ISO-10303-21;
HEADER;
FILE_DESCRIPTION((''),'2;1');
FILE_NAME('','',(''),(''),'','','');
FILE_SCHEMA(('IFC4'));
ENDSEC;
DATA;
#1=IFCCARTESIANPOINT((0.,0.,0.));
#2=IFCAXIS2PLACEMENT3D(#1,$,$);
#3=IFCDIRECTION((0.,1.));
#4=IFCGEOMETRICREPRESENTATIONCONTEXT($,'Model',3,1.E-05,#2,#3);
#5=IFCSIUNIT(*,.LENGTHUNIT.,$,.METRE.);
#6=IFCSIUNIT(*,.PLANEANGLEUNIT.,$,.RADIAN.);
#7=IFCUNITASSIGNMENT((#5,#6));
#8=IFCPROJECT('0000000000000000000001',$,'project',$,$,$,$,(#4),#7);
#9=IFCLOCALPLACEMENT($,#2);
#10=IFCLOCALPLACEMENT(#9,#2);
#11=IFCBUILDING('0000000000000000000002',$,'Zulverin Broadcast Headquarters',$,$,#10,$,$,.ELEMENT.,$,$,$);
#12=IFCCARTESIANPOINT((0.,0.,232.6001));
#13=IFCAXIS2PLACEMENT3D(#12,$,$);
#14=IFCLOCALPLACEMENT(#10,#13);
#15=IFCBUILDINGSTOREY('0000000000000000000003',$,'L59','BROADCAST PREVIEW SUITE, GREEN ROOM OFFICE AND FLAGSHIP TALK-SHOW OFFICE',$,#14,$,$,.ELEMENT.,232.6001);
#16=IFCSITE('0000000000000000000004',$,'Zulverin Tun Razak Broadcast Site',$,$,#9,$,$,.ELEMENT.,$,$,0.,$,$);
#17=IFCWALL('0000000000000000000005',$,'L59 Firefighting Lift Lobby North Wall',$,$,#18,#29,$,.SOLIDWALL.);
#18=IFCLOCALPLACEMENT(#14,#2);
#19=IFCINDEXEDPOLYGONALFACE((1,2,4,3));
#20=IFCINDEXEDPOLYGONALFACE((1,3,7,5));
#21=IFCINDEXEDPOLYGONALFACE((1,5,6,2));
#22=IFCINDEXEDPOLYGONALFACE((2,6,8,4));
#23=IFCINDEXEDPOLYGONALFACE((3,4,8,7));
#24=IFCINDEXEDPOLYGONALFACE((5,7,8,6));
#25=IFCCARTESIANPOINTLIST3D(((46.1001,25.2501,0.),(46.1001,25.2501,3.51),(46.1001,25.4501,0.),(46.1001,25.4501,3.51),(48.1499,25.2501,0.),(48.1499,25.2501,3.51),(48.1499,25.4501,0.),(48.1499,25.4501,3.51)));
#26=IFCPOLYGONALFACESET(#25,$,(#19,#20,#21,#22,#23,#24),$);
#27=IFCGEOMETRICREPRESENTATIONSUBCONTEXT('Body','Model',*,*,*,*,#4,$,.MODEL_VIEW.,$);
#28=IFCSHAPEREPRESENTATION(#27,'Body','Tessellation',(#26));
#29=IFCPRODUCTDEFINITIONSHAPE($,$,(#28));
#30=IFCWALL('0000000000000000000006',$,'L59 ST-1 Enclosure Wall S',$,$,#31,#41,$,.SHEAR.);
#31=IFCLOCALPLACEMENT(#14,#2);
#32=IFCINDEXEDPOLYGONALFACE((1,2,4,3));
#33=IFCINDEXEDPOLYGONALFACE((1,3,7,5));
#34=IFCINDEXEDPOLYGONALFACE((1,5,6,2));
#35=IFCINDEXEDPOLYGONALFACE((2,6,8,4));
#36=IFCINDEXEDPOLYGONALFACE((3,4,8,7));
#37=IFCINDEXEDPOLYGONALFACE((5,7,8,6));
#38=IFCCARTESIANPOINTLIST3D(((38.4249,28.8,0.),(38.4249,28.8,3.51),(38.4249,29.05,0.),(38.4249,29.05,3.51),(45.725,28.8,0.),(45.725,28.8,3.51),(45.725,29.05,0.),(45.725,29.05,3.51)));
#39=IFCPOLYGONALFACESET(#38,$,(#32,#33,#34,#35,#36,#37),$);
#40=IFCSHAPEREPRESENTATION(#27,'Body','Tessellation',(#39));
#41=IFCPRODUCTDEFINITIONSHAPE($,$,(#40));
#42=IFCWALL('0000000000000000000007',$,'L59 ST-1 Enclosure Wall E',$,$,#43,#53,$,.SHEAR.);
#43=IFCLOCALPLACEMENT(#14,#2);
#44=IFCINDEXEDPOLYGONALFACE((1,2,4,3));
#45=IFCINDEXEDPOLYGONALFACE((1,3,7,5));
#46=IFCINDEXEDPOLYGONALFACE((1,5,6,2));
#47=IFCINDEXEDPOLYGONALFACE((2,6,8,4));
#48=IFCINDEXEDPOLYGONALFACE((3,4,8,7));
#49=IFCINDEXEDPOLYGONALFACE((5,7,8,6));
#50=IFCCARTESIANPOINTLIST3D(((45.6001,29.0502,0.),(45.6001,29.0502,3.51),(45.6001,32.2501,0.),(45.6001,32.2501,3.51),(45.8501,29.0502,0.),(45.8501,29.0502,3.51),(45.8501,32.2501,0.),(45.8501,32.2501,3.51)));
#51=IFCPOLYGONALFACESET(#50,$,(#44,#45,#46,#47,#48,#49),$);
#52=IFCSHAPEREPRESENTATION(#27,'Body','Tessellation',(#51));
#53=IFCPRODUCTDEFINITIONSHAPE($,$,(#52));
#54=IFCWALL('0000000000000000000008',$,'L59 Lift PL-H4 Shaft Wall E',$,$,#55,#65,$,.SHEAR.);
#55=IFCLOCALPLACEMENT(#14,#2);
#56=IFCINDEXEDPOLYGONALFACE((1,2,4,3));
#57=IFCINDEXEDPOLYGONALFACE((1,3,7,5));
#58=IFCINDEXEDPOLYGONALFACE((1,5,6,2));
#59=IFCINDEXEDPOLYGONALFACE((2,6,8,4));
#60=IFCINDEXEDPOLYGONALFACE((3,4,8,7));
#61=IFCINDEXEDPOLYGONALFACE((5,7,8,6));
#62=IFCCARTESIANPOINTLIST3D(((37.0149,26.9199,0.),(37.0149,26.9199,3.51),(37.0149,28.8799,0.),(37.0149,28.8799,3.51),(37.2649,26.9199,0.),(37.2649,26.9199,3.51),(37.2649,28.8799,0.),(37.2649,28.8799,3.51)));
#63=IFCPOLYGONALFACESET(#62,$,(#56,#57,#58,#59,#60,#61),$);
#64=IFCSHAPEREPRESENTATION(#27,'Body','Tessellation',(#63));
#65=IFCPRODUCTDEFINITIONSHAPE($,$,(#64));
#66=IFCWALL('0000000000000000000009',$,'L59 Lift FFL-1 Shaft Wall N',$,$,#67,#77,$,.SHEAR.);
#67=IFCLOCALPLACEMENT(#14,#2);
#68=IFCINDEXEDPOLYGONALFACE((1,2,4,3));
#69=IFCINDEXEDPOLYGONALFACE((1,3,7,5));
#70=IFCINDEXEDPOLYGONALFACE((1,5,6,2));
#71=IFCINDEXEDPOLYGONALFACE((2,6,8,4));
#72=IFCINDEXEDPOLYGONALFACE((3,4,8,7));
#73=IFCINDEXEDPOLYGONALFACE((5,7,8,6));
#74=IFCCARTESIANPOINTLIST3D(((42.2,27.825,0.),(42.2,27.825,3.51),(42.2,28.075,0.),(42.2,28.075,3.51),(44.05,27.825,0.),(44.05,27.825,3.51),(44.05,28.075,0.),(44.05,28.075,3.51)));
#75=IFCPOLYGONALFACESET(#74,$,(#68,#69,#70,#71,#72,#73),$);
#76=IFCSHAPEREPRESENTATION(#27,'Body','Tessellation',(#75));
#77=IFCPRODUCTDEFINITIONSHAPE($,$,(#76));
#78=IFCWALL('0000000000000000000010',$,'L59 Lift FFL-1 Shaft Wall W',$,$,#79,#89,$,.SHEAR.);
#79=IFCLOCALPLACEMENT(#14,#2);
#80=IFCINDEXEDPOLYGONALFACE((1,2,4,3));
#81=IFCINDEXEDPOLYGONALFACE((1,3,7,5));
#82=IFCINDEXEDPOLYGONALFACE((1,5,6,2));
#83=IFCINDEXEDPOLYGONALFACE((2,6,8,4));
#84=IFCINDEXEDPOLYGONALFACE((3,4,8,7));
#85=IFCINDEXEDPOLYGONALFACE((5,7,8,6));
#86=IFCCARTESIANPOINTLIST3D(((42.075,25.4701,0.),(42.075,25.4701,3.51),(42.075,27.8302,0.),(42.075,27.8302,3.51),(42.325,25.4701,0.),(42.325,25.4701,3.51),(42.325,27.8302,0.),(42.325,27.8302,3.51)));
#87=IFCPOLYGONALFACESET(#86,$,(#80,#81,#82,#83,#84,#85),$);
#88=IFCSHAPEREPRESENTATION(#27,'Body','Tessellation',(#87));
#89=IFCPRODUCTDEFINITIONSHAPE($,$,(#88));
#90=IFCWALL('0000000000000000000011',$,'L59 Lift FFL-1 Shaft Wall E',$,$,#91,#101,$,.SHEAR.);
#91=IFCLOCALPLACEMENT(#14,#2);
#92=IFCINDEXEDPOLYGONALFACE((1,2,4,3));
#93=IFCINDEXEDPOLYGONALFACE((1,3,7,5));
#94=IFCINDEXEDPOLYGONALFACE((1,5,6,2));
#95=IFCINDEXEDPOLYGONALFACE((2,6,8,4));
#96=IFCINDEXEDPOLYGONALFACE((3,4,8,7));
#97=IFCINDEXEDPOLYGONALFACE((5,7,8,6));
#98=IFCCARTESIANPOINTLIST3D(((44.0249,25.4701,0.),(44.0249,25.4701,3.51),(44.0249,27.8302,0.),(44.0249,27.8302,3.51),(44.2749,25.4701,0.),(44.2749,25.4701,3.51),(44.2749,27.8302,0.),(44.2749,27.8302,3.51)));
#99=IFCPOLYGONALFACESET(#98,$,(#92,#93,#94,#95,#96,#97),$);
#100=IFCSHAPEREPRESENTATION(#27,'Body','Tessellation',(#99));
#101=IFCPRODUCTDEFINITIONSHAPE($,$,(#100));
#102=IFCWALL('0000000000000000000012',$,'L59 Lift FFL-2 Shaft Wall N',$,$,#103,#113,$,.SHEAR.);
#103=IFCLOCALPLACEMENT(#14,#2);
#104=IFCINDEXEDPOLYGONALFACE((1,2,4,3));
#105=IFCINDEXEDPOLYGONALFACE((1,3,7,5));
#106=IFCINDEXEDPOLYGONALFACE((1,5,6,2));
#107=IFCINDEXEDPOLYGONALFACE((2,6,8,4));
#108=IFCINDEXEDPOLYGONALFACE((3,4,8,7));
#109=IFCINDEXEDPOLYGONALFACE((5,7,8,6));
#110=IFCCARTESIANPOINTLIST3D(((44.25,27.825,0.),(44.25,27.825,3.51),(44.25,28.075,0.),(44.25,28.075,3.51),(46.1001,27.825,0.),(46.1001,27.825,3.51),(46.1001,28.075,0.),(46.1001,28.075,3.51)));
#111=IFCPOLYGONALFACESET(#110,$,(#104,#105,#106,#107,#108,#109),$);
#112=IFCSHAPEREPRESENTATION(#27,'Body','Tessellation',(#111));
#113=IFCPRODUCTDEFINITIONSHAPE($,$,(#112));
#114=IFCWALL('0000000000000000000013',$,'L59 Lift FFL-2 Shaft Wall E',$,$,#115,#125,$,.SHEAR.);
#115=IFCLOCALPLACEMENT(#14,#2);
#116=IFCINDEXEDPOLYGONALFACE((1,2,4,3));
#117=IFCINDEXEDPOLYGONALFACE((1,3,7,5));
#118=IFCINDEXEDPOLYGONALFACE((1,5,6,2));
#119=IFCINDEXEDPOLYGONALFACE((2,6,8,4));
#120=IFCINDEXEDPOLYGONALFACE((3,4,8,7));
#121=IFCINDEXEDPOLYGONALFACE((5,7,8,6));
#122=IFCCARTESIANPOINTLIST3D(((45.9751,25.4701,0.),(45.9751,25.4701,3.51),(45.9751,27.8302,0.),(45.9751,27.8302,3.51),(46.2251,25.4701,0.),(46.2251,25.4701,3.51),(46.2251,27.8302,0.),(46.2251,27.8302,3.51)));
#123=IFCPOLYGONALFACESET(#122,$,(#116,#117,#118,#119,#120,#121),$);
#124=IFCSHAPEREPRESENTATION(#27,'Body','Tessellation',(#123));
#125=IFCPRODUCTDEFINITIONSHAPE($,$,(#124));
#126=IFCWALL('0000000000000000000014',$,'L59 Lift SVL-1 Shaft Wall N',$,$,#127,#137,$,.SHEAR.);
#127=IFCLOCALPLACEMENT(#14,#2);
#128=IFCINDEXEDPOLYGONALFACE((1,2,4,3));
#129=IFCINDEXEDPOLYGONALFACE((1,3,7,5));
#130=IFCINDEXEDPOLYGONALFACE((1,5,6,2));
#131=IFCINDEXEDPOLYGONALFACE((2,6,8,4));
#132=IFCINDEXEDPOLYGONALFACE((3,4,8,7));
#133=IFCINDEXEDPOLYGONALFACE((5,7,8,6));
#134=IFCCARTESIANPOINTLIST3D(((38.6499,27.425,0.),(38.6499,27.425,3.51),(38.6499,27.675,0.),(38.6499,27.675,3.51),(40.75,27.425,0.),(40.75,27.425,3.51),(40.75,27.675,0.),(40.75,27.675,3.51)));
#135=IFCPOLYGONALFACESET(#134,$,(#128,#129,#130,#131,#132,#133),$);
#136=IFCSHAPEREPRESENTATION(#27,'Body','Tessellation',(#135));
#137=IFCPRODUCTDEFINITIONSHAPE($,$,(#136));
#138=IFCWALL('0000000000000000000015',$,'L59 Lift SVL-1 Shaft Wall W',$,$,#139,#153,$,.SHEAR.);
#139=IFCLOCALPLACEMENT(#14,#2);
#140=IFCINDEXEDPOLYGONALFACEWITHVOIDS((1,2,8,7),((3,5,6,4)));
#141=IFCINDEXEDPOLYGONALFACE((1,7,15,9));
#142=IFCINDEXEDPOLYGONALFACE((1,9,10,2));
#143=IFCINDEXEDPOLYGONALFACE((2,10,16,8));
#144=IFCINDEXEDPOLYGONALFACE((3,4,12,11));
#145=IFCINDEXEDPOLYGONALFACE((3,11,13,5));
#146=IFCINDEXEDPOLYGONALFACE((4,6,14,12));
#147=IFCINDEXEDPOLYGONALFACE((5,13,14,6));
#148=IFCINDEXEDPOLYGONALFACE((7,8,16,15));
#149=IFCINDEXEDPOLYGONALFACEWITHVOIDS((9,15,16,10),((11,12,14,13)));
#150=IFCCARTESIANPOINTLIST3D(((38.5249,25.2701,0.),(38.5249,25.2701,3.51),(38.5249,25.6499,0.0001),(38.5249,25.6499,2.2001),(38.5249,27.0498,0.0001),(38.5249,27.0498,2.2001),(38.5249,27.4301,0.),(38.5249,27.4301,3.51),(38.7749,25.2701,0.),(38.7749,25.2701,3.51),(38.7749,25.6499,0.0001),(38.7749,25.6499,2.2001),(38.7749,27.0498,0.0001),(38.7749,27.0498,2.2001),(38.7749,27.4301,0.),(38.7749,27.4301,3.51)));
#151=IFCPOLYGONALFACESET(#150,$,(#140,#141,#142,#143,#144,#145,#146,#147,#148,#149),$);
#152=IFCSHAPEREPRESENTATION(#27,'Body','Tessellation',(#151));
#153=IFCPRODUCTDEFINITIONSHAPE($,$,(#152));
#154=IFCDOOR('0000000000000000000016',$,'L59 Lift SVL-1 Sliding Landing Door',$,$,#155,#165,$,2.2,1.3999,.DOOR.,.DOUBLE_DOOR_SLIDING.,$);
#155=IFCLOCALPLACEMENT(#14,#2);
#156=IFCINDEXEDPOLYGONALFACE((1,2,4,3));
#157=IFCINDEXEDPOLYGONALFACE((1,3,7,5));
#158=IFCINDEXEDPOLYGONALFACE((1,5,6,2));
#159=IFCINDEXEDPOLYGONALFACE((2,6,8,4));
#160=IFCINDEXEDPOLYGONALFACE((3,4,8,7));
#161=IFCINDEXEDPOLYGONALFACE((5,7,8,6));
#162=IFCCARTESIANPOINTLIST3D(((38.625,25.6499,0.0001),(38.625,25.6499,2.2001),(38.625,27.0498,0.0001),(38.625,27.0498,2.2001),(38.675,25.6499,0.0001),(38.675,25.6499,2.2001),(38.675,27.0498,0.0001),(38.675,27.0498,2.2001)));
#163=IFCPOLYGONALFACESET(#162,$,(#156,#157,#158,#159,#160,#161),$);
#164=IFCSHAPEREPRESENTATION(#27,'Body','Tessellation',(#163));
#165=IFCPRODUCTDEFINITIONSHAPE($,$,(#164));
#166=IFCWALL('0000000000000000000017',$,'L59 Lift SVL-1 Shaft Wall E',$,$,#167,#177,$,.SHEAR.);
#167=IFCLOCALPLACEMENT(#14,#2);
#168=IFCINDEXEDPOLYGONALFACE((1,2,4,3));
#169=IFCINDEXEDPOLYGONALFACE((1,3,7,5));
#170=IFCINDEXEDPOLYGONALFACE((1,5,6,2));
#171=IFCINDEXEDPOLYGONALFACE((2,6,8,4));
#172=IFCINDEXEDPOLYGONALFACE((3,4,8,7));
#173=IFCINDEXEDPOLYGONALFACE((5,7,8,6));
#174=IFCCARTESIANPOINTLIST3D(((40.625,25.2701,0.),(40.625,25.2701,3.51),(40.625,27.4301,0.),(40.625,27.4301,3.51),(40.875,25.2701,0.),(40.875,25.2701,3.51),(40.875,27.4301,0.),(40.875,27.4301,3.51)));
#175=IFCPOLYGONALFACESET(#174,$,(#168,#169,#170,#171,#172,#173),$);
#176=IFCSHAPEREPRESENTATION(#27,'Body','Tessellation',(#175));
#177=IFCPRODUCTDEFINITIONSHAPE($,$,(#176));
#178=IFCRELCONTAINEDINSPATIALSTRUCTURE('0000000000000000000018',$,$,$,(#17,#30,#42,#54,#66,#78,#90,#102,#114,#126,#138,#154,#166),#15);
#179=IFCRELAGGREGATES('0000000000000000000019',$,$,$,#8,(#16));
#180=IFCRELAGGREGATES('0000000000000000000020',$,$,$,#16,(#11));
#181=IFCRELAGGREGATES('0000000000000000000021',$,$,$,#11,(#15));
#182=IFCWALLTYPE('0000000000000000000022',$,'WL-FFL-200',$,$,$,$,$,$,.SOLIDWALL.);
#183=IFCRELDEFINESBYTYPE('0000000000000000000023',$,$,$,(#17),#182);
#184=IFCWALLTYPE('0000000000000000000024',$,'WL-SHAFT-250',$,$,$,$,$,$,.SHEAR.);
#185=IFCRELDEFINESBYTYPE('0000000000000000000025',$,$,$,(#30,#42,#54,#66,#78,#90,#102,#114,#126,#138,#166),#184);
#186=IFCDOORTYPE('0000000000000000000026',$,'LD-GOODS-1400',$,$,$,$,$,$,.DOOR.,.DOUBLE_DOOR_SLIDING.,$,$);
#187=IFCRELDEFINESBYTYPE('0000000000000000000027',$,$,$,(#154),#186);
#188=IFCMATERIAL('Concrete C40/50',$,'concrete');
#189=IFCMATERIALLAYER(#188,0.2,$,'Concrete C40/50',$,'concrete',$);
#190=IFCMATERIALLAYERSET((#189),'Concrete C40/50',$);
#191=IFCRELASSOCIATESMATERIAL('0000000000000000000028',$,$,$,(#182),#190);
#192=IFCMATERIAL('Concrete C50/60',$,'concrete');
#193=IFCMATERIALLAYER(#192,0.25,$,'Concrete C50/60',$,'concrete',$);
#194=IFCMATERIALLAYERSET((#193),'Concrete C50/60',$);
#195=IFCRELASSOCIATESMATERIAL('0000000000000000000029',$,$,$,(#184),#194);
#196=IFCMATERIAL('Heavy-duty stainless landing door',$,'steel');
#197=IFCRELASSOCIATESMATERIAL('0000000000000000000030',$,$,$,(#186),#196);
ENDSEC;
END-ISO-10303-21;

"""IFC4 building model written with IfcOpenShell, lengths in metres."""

from ifc_helpers import new_model, si_unit, direction, frame, frame_2d, origin, place, context, subcontext, project, spatial, rectangle, extrude, material, layer, layer_set, type_object, element, fill, save


model = new_model("IFC4")

# Units and contexts
model_context = context("Model", 3, precision=1e-05, world=origin(), true_north=direction((0.0, 1.0)))
body_context = subcontext(model_context, "Body", "Model", "MODEL_VIEW")
ifc_project = project(units=[si_unit("LENGTHUNIT", "METRE"), si_unit("PLANEANGLEUNIT", "RADIAN")], contexts=[model_context])

# Site, building, storey
site_placement = place(None, origin())
site = spatial("IfcSite", under=ifc_project, at=site_placement, Name="Zulverin Tun Razak Broadcast Site", CompositionType="ELEMENT", RefElevation=0.0)
building_placement = place(site_placement, origin())
building = spatial("IfcBuilding", under=site, at=building_placement, Name="Zulverin Broadcast Headquarters", CompositionType="ELEMENT")
storey_placement = place(building_placement, frame((0.0, 0.0, 232.6001)))
storey = spatial("IfcBuildingStorey", under=building, at=storey_placement, Name="L59", Description="BROADCAST PREVIEW SUITE, GREEN ROOM OFFICE AND FLAGSHIP TALK-SHOW OFFICE", CompositionType="ELEMENT", Elevation=232.6001)

# Walls
ifc_material_1 = material(Name="Concrete C40/50", Category="concrete")
ifc_layer_1 = layer(ifc_material_1, 0.2, Name="Concrete C40/50", Category="concrete")
ifc_layer_set_1 = layer_set([ifc_layer_1], Name="Concrete C40/50")
wall_type_1 = type_object("IfcWallType", Name="WL-FFL-200", PredefinedType="SOLIDWALL", material=ifc_layer_set_1)
wall_1_placement = place(storey_placement, frame((46.1001, 25.3501, 0.0), z_axis=(0.0, 0.0, 1.0), x_axis=(1.0, 0.0, 0.0)))
element("IfcWall", 1, at=wall_1_placement, inside=storey, type_object=wall_type_1, Name="L59 Firefighting Lift Lobby North Wall", PredefinedType="SOLIDWALL", context=body_context, shape_type="SweptSolid", body=[
    extrude(rectangle(XDim=2.0498, YDim=0.2, at=frame_2d((1.0249, 0.0))), origin(), (0.0, 0.0, 1.0), 3.51),
])
ifc_material_2 = material(Name="Concrete C50/60", Category="concrete")
ifc_layer_2 = layer(ifc_material_2, 0.25, Name="Concrete C50/60", Category="concrete")
ifc_layer_set_2 = layer_set([ifc_layer_2], Name="Concrete C50/60")
wall_type_2 = type_object("IfcWallType", Name="WL-SHAFT-250", PredefinedType="SHEAR", material=ifc_layer_set_2)
wall_2_placement = place(storey_placement, frame((38.425, 28.925, 0.0), z_axis=(0.0, 0.0, 1.0), x_axis=(1.0, 0.0, 0.0)))
element("IfcWall", 2, at=wall_2_placement, inside=storey, type_object=wall_type_2, Name="L59 ST-1 Enclosure Wall S", PredefinedType="SHEAR", context=body_context, shape_type="SweptSolid", body=[
    extrude(rectangle(XDim=7.3, YDim=0.25, at=frame_2d((3.6499, 0.0))), origin(), (0.0, 0.0, 1.0), 3.51),
])

# Walls
wall_3_placement = place(storey_placement, frame((45.7251, 29.05, 0.0), z_axis=(0.0, 0.0, 1.0), x_axis=(0.0, 1.0, 0.0)))
element("IfcWall", 3, at=wall_3_placement, inside=storey, type_object=wall_type_2, Name="L59 ST-1 Enclosure Wall E", PredefinedType="SHEAR", context=body_context, shape_type="SweptSolid", body=[
    extrude(rectangle(XDim=3.2, YDim=0.25, at=frame_2d((1.6001, 0.0))), origin(), (0.0, 0.0, 1.0), 3.51),
])
wall_4_placement = place(storey_placement, frame((37.1399, 26.9199, 0.0), z_axis=(0.0, 0.0, 1.0), x_axis=(0.0, 1.0, 0.0)))
element("IfcWall", 4, at=wall_4_placement, inside=storey, type_object=wall_type_2, Name="L59 Lift PL-H4 Shaft Wall E", PredefinedType="SHEAR", context=body_context, shape_type="SweptSolid", body=[
    extrude(rectangle(XDim=1.96, YDim=0.25, at=frame_2d((0.98, 0.0))), origin(), (0.0, 0.0, 1.0), 3.51),
])

# Walls
wall_5_placement = place(storey_placement, frame((42.2, 27.95, 0.0), z_axis=(0.0, 0.0, 1.0), x_axis=(1.0, 0.0, 0.0)))
element("IfcWall", 5, at=wall_5_placement, inside=storey, type_object=wall_type_2, Name="L59 Lift FFL-1 Shaft Wall N", PredefinedType="SHEAR", context=body_context, shape_type="SweptSolid", body=[
    extrude(rectangle(XDim=1.8501, YDim=0.25, at=frame_2d((0.925, 0.0))), origin(), (0.0, 0.0, 1.0), 3.51),
])
for number, where, z_axis, x_axis, name in (
    (6, (42.2, 25.47, 0.0), (0.0, 0.0, 1.0), (0.0, 1.0, 0.0), "L59 Lift FFL-1 Shaft Wall W"),
    (7, (44.1499, 25.47, 0.0), (0.0, 0.0, 1.0), (0.0, 1.0, 0.0), "L59 Lift FFL-1 Shaft Wall E"),
):
    element("IfcWall", number, at=place(storey_placement, frame(where, z_axis=z_axis, x_axis=x_axis)), inside=storey, type_object=wall_type_2, Name=name, PredefinedType="SHEAR", context=body_context, shape_type="SweptSolid", body=[
        extrude(rectangle(XDim=2.3601, YDim=0.25, at=frame_2d((1.1802, 0.0))), origin(), (0.0, 0.0, 1.0), 3.51),
    ])

# Walls
wall_6_placement = place(storey_placement, frame((44.25, 27.95, 0.0), z_axis=(0.0, 0.0, 1.0), x_axis=(1.0, 0.0, 0.0)))
element("IfcWall", 8, at=wall_6_placement, inside=storey, type_object=wall_type_2, Name="L59 Lift FFL-2 Shaft Wall N", PredefinedType="SHEAR", context=body_context, shape_type="SweptSolid", body=[
    extrude(rectangle(XDim=1.8501, YDim=0.25, at=frame_2d((0.925, 0.0))), origin(), (0.0, 0.0, 1.0), 3.51),
])
wall_7_placement = place(storey_placement, frame((46.1001, 25.47, 0.0), z_axis=(0.0, 0.0, 1.0), x_axis=(0.0, 1.0, 0.0)))
element("IfcWall", 9, at=wall_7_placement, inside=storey, type_object=wall_type_2, Name="L59 Lift FFL-2 Shaft Wall E", PredefinedType="SHEAR", context=body_context, shape_type="SweptSolid", body=[
    extrude(rectangle(XDim=2.3601, YDim=0.25, at=frame_2d((1.1802, 0.0))), origin(), (0.0, 0.0, 1.0), 3.51),
])
wall_8_placement = place(storey_placement, frame((38.6499, 27.55, 0.0), z_axis=(0.0, 0.0, 1.0), x_axis=(1.0, 0.0, 0.0)))
element("IfcWall", 10, at=wall_8_placement, inside=storey, type_object=wall_type_2, Name="L59 Lift SVL-1 Shaft Wall N", PredefinedType="SHEAR", context=body_context, shape_type="SweptSolid", body=[
    extrude(rectangle(XDim=2.1001, YDim=0.25, at=frame_2d((1.05, 0.0))), origin(), (0.0, 0.0, 1.0), 3.51),
])

# Wall, opening, door
wall_9_placement = place(storey_placement, frame((38.6499, 25.27, 0.0), z_axis=(0.0, 0.0, 1.0), x_axis=(0.0, 1.0, 0.0)))
wall_9 = element("IfcWall", 11, at=wall_9_placement, inside=storey, type_object=wall_type_2, Name="L59 Lift SVL-1 Shaft Wall W", PredefinedType="SHEAR", context=body_context, shape_type="SweptSolid", body=[
    extrude(rectangle(XDim=2.1599, YDim=0.25, at=frame_2d((1.0801, 0.0))), origin(), (0.0, 0.0, 1.0), 3.51),
])
opening_1_placement = place(wall_9_placement, frame((0.3799, 0.0, 0.0)))
opening_1 = element("IfcOpeningElement", 12, at=opening_1_placement, cuts=wall_9, PredefinedType="OPENING", context=body_context, shape_type="SweptSolid", body=[
    extrude(rectangle(XDim=1.3999, YDim=2.2, at=frame_2d((0.7, 1.1001))), frame((0.0, 0.135, 0.0), z_axis=(0.0, -1.0, 0.0), x_axis=(1.0, 0.0, 0.0)), (0.0, 0.0, 1.0), 0.27),
])
ifc_material_3 = material(Name="Heavy-duty stainless landing door", Category="steel")
door_type_1 = type_object("IfcDoorType", Name="LD-GOODS-1400", OperationType="DOUBLE_DOOR_SLIDING", PredefinedType="DOOR", material=ifc_material_3)
door_1_placement = place(opening_1_placement, origin())
door_1 = element("IfcDoor", 13, at=door_1_placement, inside=storey, type_object=door_type_1, Name="L59 Lift SVL-1 Sliding Landing Door", OperationType="DOUBLE_DOOR_SLIDING", OverallHeight=2.2, OverallWidth=1.3999, PredefinedType="DOOR", context=body_context, shape_type="SweptSolid", body=[
    extrude(rectangle(XDim=1.3999, YDim=2.2, at=frame_2d((0.7, 1.1001))), frame((0.0, 0.0249, 0.0), z_axis=(0.0, -1.0, 0.0), x_axis=(1.0, 0.0, 0.0)), (0.0, 0.0, 1.0), 0.05),
])
fill(opening_1, door_1)

# Wall
wall_10_placement = place(storey_placement, frame((40.75, 25.27, 0.0), z_axis=(0.0, 0.0, 1.0), x_axis=(0.0, 1.0, 0.0)))
element("IfcWall", 14, at=wall_10_placement, inside=storey, type_object=wall_type_2, Name="L59 Lift SVL-1 Shaft Wall E", PredefinedType="SHEAR", context=body_context, shape_type="SweptSolid", body=[
    extrude(rectangle(XDim=2.1599, YDim=0.25, at=frame_2d((1.0801, 0.0))), origin(), (0.0, 0.0, 1.0), 3.51),
])

save(model, "model.ifc")
